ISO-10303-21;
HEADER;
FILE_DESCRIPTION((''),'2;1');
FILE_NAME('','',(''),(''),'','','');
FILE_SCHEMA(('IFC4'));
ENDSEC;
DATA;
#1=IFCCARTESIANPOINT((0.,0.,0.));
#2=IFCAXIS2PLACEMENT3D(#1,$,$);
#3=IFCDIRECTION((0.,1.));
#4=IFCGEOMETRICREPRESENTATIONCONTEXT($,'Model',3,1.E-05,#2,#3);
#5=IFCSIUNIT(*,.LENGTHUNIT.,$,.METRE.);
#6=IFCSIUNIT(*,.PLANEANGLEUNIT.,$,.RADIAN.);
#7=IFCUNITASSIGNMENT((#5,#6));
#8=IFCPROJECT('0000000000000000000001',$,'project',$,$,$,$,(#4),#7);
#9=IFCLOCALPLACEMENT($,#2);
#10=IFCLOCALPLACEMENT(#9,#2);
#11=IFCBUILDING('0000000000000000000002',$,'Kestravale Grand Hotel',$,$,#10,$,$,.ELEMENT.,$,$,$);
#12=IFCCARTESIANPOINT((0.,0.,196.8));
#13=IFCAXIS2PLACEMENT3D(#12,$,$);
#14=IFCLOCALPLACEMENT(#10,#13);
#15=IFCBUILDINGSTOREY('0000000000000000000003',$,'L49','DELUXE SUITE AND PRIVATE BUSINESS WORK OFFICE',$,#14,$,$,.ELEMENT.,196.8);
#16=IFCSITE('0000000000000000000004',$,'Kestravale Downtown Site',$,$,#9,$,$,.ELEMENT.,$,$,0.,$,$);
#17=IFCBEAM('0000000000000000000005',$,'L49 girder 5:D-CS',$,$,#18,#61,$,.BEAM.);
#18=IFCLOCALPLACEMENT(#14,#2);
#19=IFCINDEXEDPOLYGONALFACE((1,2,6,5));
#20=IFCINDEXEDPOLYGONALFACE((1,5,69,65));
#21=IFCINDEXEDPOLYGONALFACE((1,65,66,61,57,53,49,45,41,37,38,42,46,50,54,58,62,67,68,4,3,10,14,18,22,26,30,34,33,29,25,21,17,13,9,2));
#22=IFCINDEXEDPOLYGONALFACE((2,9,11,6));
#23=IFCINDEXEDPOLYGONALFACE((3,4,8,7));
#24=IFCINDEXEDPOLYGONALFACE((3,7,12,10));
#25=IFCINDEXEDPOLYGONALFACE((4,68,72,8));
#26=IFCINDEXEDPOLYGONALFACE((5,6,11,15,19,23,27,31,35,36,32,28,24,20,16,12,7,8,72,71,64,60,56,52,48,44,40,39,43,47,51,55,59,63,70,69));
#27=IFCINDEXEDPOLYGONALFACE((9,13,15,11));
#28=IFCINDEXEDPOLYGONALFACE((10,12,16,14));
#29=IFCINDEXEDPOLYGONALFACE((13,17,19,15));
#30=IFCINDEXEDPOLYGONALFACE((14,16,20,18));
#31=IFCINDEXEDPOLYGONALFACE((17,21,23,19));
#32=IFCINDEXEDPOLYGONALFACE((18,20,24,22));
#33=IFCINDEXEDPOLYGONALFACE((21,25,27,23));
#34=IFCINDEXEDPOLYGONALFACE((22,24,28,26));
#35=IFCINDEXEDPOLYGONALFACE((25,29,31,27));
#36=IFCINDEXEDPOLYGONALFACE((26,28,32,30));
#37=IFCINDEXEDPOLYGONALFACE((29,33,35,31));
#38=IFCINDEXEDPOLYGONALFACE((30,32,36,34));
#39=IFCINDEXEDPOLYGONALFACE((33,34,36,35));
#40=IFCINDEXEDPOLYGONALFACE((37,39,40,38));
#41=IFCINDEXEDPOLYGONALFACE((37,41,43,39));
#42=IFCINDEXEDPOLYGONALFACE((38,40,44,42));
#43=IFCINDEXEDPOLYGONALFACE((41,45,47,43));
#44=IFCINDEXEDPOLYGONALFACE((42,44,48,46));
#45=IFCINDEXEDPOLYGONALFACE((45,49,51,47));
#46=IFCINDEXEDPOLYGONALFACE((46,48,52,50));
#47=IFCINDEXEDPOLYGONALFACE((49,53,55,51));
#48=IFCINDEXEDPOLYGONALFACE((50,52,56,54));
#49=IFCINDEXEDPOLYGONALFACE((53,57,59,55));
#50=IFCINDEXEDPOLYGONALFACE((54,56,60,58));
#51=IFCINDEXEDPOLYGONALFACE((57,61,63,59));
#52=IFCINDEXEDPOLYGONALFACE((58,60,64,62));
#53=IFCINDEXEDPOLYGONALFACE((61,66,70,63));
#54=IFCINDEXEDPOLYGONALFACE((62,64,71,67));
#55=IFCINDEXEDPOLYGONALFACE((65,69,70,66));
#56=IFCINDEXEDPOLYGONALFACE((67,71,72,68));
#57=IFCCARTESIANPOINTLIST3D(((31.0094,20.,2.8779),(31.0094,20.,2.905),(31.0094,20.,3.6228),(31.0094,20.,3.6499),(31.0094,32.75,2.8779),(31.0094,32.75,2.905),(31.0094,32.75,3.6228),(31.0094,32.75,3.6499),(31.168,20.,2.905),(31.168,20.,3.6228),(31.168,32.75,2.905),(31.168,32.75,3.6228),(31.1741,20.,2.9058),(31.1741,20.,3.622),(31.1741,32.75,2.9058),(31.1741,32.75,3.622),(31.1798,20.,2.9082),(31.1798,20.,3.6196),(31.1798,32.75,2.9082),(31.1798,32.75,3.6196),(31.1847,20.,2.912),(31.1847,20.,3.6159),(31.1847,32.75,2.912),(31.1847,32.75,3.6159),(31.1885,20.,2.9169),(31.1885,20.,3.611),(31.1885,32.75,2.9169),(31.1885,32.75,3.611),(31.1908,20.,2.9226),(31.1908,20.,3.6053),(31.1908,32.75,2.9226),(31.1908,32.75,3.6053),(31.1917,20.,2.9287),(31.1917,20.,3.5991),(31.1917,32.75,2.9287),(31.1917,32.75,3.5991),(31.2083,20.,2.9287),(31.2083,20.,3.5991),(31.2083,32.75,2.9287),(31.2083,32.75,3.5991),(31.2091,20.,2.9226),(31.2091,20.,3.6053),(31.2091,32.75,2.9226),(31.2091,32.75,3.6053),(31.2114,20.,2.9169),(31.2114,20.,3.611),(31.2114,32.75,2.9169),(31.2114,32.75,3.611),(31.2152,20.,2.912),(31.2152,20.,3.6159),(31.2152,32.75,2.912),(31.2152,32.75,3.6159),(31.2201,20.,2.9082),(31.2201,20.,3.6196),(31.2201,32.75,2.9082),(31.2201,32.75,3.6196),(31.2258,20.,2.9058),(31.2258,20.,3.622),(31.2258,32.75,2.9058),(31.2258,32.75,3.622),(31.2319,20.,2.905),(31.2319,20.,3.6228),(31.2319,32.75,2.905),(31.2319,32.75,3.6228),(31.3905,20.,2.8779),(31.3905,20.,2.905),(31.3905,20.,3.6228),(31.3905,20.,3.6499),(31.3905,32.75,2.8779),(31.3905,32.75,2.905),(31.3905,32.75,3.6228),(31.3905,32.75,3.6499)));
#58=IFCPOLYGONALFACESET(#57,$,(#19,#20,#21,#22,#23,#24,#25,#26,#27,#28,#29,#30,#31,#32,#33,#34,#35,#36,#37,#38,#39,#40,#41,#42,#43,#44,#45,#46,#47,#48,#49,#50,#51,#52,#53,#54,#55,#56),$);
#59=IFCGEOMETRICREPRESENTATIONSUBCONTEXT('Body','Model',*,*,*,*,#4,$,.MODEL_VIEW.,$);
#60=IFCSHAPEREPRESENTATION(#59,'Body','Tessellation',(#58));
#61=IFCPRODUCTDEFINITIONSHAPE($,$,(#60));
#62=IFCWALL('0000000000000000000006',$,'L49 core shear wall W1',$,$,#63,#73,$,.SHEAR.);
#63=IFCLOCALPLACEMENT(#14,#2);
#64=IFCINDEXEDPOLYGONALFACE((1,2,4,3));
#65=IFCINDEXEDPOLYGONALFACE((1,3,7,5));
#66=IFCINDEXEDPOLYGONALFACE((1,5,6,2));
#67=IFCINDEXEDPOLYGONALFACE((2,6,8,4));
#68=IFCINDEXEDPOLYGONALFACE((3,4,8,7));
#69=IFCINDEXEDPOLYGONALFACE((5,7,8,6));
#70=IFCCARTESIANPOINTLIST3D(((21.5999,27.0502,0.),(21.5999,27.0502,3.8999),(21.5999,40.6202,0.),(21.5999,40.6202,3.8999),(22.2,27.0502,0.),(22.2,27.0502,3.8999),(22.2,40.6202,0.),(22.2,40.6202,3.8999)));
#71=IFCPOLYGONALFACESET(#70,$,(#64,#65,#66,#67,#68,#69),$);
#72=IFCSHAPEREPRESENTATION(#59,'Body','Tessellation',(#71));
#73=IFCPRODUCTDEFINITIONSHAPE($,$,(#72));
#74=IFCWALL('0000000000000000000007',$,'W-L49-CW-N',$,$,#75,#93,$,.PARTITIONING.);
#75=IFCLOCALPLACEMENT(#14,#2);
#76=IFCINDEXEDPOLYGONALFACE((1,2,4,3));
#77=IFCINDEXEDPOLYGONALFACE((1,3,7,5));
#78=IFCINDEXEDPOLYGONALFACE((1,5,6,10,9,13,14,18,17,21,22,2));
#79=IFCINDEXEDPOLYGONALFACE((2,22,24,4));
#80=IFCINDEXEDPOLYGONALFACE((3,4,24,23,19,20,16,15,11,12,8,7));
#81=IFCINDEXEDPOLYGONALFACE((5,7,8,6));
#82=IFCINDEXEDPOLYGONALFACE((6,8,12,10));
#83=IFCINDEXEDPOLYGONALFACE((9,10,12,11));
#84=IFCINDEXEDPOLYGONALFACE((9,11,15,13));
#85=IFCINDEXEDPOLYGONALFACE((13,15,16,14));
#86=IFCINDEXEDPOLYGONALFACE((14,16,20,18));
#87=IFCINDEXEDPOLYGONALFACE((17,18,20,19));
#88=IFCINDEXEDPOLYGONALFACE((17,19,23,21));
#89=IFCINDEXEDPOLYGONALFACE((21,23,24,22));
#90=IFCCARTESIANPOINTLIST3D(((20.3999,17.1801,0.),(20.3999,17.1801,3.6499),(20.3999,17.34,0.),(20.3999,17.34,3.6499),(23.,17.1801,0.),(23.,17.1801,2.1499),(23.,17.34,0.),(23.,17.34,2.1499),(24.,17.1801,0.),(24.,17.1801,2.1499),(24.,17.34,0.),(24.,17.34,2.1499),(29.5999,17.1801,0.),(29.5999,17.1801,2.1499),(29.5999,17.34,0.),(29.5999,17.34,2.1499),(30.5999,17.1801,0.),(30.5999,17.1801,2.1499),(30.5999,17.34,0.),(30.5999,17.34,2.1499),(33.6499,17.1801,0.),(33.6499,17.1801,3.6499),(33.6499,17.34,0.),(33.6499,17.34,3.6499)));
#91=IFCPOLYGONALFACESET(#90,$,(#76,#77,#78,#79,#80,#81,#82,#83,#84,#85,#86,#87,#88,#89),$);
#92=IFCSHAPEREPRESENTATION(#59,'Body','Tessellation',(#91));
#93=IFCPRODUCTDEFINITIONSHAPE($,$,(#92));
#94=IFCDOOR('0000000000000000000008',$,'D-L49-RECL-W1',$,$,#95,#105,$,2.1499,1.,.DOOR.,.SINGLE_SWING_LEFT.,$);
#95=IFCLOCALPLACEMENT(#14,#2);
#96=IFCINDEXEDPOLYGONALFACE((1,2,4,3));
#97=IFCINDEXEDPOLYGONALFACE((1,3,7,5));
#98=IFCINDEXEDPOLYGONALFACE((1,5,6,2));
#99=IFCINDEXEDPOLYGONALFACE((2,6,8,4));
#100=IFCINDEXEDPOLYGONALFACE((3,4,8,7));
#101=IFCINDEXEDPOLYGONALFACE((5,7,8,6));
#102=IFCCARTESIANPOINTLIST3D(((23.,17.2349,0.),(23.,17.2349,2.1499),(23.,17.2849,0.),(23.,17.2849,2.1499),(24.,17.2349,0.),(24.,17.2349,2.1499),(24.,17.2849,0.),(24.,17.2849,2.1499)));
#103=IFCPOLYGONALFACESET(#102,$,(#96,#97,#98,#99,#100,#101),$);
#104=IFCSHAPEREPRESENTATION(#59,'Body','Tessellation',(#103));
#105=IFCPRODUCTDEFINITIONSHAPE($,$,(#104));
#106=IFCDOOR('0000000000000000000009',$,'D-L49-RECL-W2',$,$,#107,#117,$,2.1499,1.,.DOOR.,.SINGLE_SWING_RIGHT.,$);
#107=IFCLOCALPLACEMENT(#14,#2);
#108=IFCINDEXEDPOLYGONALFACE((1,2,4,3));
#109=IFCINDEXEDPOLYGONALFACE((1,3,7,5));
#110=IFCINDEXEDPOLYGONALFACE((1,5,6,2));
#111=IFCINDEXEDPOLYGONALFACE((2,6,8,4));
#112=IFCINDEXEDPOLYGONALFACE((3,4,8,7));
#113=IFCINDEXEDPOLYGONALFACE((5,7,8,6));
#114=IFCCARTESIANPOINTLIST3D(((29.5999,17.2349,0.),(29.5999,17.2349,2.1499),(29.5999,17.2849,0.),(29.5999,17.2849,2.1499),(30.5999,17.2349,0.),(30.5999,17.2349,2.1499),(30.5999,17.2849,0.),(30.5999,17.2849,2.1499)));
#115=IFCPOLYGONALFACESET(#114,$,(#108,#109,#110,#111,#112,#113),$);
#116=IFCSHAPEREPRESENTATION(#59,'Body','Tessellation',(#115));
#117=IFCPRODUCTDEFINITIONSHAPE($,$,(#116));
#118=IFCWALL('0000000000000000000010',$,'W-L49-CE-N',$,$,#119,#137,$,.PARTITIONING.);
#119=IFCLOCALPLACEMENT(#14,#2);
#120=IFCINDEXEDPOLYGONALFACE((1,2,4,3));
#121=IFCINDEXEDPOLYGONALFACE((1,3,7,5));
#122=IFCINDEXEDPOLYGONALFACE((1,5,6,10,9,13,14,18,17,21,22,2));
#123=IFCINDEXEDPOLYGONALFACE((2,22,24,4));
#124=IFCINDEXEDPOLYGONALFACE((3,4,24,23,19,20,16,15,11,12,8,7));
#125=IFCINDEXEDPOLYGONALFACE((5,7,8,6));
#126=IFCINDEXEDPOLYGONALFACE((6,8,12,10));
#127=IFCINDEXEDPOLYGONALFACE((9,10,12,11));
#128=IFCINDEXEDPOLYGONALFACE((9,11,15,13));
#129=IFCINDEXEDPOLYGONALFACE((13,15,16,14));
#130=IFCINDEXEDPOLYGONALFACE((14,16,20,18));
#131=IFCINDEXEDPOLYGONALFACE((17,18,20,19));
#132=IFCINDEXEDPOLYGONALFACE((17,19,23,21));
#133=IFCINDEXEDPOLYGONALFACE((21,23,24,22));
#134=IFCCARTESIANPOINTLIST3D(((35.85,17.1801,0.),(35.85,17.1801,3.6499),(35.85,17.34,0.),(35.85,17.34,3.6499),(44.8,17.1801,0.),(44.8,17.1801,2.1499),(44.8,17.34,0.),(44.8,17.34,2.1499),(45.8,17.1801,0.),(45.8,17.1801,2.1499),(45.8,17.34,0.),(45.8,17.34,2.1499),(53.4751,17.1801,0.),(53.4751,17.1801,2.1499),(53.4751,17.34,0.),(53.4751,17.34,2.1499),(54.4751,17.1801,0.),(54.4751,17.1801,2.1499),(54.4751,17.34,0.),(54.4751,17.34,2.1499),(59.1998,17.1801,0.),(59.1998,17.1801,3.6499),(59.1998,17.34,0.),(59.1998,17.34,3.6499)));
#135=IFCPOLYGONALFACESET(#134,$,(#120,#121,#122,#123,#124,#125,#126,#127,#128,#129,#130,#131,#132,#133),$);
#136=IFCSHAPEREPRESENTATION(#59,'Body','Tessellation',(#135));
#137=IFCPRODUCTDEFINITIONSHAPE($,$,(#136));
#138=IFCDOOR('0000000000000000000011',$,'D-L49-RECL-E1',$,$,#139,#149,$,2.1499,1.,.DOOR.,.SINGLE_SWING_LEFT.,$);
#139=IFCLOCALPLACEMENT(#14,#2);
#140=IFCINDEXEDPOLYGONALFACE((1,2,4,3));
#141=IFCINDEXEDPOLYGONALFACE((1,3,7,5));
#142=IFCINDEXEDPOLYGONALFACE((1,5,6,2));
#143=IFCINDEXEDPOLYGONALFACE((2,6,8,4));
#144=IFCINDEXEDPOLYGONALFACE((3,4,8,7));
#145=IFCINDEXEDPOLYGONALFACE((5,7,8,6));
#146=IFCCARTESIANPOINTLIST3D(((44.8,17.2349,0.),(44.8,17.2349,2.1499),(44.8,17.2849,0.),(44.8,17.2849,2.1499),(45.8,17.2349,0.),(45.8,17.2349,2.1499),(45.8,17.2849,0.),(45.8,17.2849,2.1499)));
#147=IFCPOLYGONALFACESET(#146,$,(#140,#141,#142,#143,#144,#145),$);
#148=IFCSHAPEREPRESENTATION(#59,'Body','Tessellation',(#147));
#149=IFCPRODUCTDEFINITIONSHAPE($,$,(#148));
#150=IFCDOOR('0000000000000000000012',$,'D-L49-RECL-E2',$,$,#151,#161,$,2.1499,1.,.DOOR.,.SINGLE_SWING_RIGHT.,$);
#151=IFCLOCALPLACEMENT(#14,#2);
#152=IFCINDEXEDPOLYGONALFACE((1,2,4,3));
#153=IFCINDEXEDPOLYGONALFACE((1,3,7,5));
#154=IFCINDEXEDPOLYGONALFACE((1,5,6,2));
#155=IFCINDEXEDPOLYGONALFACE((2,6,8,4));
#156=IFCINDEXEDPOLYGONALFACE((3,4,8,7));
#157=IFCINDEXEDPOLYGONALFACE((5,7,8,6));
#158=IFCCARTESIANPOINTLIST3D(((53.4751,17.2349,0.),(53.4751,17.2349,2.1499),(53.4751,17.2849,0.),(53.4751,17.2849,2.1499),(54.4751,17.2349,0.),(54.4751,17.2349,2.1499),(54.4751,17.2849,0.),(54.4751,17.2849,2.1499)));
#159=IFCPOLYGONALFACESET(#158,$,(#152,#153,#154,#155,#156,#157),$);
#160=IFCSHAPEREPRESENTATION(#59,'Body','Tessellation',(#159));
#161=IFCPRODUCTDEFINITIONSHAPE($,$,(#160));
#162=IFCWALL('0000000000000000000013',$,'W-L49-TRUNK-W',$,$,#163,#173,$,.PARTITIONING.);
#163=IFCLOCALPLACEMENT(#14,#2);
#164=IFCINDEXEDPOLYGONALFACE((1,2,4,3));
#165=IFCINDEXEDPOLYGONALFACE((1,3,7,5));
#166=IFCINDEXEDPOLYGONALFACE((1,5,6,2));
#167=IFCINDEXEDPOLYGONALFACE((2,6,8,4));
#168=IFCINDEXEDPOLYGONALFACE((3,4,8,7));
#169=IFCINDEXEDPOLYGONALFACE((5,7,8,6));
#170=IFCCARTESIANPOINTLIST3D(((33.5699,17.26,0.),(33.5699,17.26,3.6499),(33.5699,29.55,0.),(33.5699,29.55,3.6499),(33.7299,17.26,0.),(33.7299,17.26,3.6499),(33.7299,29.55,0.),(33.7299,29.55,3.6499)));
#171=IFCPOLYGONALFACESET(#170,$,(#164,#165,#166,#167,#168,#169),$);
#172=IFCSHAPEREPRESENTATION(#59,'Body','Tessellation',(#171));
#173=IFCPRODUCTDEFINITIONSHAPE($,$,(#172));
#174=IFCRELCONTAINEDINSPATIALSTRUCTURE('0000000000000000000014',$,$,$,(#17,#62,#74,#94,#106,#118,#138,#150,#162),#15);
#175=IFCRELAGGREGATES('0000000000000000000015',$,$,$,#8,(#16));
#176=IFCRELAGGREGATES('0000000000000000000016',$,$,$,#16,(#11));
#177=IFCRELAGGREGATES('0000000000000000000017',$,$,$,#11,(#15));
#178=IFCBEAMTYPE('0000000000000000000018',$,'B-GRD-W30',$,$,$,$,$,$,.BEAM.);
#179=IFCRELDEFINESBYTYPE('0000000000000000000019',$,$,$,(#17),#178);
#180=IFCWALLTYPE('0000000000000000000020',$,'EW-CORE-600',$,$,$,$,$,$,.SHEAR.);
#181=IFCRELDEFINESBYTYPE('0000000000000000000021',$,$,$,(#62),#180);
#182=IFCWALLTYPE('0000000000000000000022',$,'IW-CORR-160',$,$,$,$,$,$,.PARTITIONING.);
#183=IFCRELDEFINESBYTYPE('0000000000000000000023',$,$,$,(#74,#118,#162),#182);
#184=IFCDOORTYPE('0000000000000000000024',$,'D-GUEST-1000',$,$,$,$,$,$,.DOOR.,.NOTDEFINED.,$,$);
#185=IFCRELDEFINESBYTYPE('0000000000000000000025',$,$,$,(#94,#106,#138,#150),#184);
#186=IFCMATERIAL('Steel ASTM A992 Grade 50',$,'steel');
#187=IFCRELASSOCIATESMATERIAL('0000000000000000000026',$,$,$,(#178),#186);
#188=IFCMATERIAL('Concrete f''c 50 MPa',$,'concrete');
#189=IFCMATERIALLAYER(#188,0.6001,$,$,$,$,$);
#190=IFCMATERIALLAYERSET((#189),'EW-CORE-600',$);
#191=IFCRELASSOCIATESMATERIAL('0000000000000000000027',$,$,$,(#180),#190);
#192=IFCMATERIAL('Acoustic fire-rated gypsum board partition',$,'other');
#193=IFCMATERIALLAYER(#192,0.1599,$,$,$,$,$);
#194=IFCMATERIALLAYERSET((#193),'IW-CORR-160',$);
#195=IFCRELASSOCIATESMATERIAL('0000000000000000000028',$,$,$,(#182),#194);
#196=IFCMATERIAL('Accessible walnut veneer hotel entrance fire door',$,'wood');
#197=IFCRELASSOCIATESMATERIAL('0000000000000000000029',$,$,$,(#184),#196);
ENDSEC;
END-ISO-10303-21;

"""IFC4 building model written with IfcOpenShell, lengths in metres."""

from ifc_helpers import new_model, si_unit, direction, frame, frame_2d, origin, origin_2d, place, context, subcontext, project, spatial, rectangle, i_section, extrude, material, layer, layer_set, material_profile, profile_set, type_object, element, fill, save


model = new_model("IFC4")

# Units and contexts
model_context = context("Model", 3, precision=1e-05, world=origin(), true_north=direction((0.0, 1.0)))
body_context = subcontext(model_context, "Body", "Model", "MODEL_VIEW")
ifc_project = project(units=[si_unit("LENGTHUNIT", "METRE"), si_unit("PLANEANGLEUNIT", "RADIAN")], contexts=[model_context])

# Site, building, storey
site_placement = place(None, origin())
site = spatial("IfcSite", under=ifc_project, at=site_placement, Name="Kestravale Downtown Site", CompositionType="ELEMENT", RefElevation=0.0)
building_placement = place(site_placement, origin())
building = spatial("IfcBuilding", under=site, at=building_placement, Name="Kestravale Grand Hotel", CompositionType="ELEMENT")
storey_placement = place(building_placement, frame((0.0, 0.0, 196.8)))
storey = spatial("IfcBuildingStorey", under=building, at=storey_placement, Name="L49", Description="DELUXE SUITE AND PRIVATE BUSINESS WORK OFFICE", CompositionType="ELEMENT", Elevation=196.8)

# Beam
ifc_material_1 = material(Name="Steel ASTM A992 Grade 50", Category="steel")
ifc_material_profile_1 = material_profile(ifc_material_1, i_section(OverallWidth=0.3811, OverallDepth=0.772, WebThickness=0.0166, FlangeThickness=0.0271, FilletRadius=0.0237, at=origin_2d()))
ifc_profile_set_1 = profile_set([ifc_material_profile_1], Name="Steel ASTM A992 Grade 50")
beam_type_1 = type_object("IfcBeamType", Name="B-GRD-W30", PredefinedType="BEAM", material=ifc_profile_set_1)
beam_1_placement = place(storey_placement, frame((31.2, 20.0, 3.2639), z_axis=(0.0, 1.0, 0.0), x_axis=(-1.0, 0.0, 0.0)))
element("IfcBeam", 1, at=beam_1_placement, inside=storey, type_object=beam_type_1, Name="L49 girder 5:D-CS", PredefinedType="BEAM", context=body_context, shape_type="SweptSolid", body=[
    extrude(i_section(OverallWidth=0.3811, OverallDepth=0.772, WebThickness=0.0166, FlangeThickness=0.0271, FilletRadius=0.0237, at=origin_2d()), origin(), (0.0, 0.0, 1.0), 12.75),
])

# Wall
ifc_material_2 = material(Name="Concrete f'c 50 MPa", Category="concrete")
ifc_layer_1 = layer(ifc_material_2, 0.6001)
ifc_layer_set_1 = layer_set([ifc_layer_1], Name="EW-CORE-600")
wall_type_1 = type_object("IfcWallType", Name="EW-CORE-600", PredefinedType="SHEAR", material=ifc_layer_set_1)
wall_1_placement = place(storey_placement, frame((21.8999, 27.05, 0.0), z_axis=(0.0, 0.0, 1.0), x_axis=(0.0, 1.0, 0.0)))
element("IfcWall", 2, at=wall_1_placement, inside=storey, type_object=wall_type_1, Name="L49 core shear wall W1", PredefinedType="SHEAR", context=body_context, shape_type="SweptSolid", body=[
    extrude(rectangle(XDim=13.5701, YDim=0.6001, at=frame_2d((6.7852, 0.0))), origin(), (0.0, 0.0, 1.0), 3.8999),
])

# Walls, openings, doors
ifc_material_3 = material(Name="Acoustic fire-rated gypsum board partition", Category="other")
ifc_layer_2 = layer(ifc_material_3, 0.1599)
ifc_layer_set_2 = layer_set([ifc_layer_2], Name="IW-CORR-160")
wall_type_2 = type_object("IfcWallType", Name="IW-CORR-160", PredefinedType="PARTITIONING", material=ifc_layer_set_2)
wall_2_placement = place(storey_placement, frame((20.3999, 17.26, 0.0), z_axis=(0.0, 0.0, 1.0), x_axis=(1.0, 0.0, 0.0)))
wall_2 = element("IfcWall", 3, at=wall_2_placement, inside=storey, type_object=wall_type_2, Name="W-L49-CW-N", PredefinedType="PARTITIONING", context=body_context, shape_type="SweptSolid", body=[
    extrude(rectangle(XDim=13.25, YDim=0.1599, at=frame_2d((6.625, 0.0))), origin(), (0.0, 0.0, 1.0), 3.6499),
])
opening_1_placement = place(wall_2_placement, frame((2.6001, 0.0, 0.0)))
opening_1 = element("IfcOpeningElement", 4, at=opening_1_placement, cuts=wall_2, PredefinedType="OPENING", context=body_context, shape_type="SweptSolid", body=[
    extrude(rectangle(XDim=1.0, YDim=2.1499, at=frame_2d((0.5, 1.075))), frame((0.0, 0.0898, 0.0), z_axis=(0.0, -1.0, 0.0), x_axis=(1.0, 0.0, 0.0)), (0.0, 0.0, 1.0), 0.1799),
])
opening_2_placement = place(wall_2_placement, frame((9.2, 0.0, 0.0)))
opening_2 = element("IfcOpeningElement", 5, at=opening_2_placement, cuts=wall_2, PredefinedType="OPENING", context=body_context, shape_type="SweptSolid", body=[
    extrude(rectangle(XDim=1.0, YDim=2.1499, at=frame_2d((0.5, 1.075))), frame((0.0, 0.0898, 0.0), z_axis=(0.0, -1.0, 0.0), x_axis=(1.0, 0.0, 0.0)), (0.0, 0.0, 1.0), 0.1799),
])
ifc_material_4 = material(Name="Accessible walnut veneer hotel entrance fire door", Category="wood")
door_type_1 = type_object("IfcDoorType", Name="D-GUEST-1000", OperationType="NOTDEFINED", PredefinedType="DOOR", material=ifc_material_4)
door_1_placement = place(opening_1_placement, origin())
door_1 = element("IfcDoor", 6, at=door_1_placement, inside=storey, type_object=door_type_1, Name="D-L49-RECL-W1", OperationType="SINGLE_SWING_LEFT", OverallHeight=2.1499, OverallWidth=1.0, PredefinedType="DOOR", context=body_context, shape_type="SweptSolid", body=[
    extrude(rectangle(XDim=1.0, YDim=2.1499, at=frame_2d((0.5, 1.075))), frame((0.0, 0.0249, 0.0), z_axis=(0.0, -1.0, 0.0), x_axis=(1.0, 0.0, 0.0)), (0.0, 0.0, 1.0), 0.05),
])
fill(opening_1, door_1)
door_2_placement = place(opening_2_placement, origin())
door_2 = element("IfcDoor", 7, at=door_2_placement, inside=storey, type_object=door_type_1, Name="D-L49-RECL-W2", OperationType="SINGLE_SWING_RIGHT", OverallHeight=2.1499, OverallWidth=1.0, PredefinedType="DOOR", context=body_context, shape_type="SweptSolid", body=[
    extrude(rectangle(XDim=1.0, YDim=2.1499, at=frame_2d((0.5, 1.075))), frame((0.0, 0.0249, 0.0), z_axis=(0.0, -1.0, 0.0), x_axis=(1.0, 0.0, 0.0)), (0.0, 0.0, 1.0), 0.05),
])
fill(opening_2, door_2)
wall_3_placement = place(storey_placement, frame((35.8501, 17.26, 0.0), z_axis=(0.0, 0.0, 1.0), x_axis=(1.0, 0.0, 0.0)))
wall_3 = element("IfcWall", 8, at=wall_3_placement, inside=storey, type_object=wall_type_2, Name="W-L49-CE-N", PredefinedType="PARTITIONING", context=body_context, shape_type="SweptSolid", body=[
    extrude(rectangle(XDim=23.3499, YDim=0.1599, at=frame_2d((11.6748, 0.0))), origin(), (0.0, 0.0, 1.0), 3.6499),
])
opening_3_placement = place(wall_3_placement, frame((8.95, 0.0, 0.0)))
opening_3 = element("IfcOpeningElement", 9, at=opening_3_placement, cuts=wall_3, PredefinedType="OPENING", context=body_context, shape_type="SweptSolid", body=[
    extrude(rectangle(XDim=1.0, YDim=2.1499, at=frame_2d((0.5, 1.075))), frame((0.0, 0.0898, 0.0), z_axis=(0.0, -1.0, 0.0), x_axis=(1.0, 0.0, 0.0)), (0.0, 0.0, 1.0), 0.1799),
])
opening_4_placement = place(wall_3_placement, frame((17.625, 0.0, 0.0)))
opening_4 = element("IfcOpeningElement", 10, at=opening_4_placement, cuts=wall_3, PredefinedType="OPENING", context=body_context, shape_type="SweptSolid", body=[
    extrude(rectangle(XDim=1.0, YDim=2.1499, at=frame_2d((0.5, 1.075))), frame((0.0, 0.0898, 0.0), z_axis=(0.0, -1.0, 0.0), x_axis=(1.0, 0.0, 0.0)), (0.0, 0.0, 1.0), 0.1799),
])
door_3_placement = place(opening_3_placement, origin())
door_3 = element("IfcDoor", 11, at=door_3_placement, inside=storey, type_object=door_type_1, Name="D-L49-RECL-E1", OperationType="SINGLE_SWING_LEFT", OverallHeight=2.1499, OverallWidth=1.0, PredefinedType="DOOR", context=body_context, shape_type="SweptSolid", body=[
    extrude(rectangle(XDim=1.0, YDim=2.1499, at=frame_2d((0.5, 1.075))), frame((0.0, 0.0249, 0.0), z_axis=(0.0, -1.0, 0.0), x_axis=(1.0, 0.0, 0.0)), (0.0, 0.0, 1.0), 0.05),
])
fill(opening_3, door_3)
door_4_placement = place(opening_4_placement, origin())
door_4 = element("IfcDoor", 12, at=door_4_placement, inside=storey, type_object=door_type_1, Name="D-L49-RECL-E2", OperationType="SINGLE_SWING_RIGHT", OverallHeight=2.1499, OverallWidth=1.0, PredefinedType="DOOR", context=body_context, shape_type="SweptSolid", body=[
    extrude(rectangle(XDim=1.0, YDim=2.1499, at=frame_2d((0.5, 1.075))), frame((0.0, 0.0249, 0.0), z_axis=(0.0, -1.0, 0.0), x_axis=(1.0, 0.0, 0.0)), (0.0, 0.0, 1.0), 0.05),
])
fill(opening_4, door_4)

# Wall
for number, where, z_axis, x_axis, name in (
    (13, (33.6499, 17.26, 0.0), (0.0, 0.0, 1.0), (0.0, 1.0, 0.0), "W-L49-TRUNK-W"),
):
    element("IfcWall", number, at=place(storey_placement, frame(where, z_axis=z_axis, x_axis=x_axis)), inside=storey, type_object=wall_type_2, Name=name, PredefinedType="PARTITIONING", context=body_context, shape_type="SweptSolid", body=[
        extrude(rectangle(XDim=12.29, YDim=0.1599, at=frame_2d((6.145, 0.0))), origin(), (0.0, 0.0, 1.0), 3.6499),
    ])

save(model, "model.ifc")
